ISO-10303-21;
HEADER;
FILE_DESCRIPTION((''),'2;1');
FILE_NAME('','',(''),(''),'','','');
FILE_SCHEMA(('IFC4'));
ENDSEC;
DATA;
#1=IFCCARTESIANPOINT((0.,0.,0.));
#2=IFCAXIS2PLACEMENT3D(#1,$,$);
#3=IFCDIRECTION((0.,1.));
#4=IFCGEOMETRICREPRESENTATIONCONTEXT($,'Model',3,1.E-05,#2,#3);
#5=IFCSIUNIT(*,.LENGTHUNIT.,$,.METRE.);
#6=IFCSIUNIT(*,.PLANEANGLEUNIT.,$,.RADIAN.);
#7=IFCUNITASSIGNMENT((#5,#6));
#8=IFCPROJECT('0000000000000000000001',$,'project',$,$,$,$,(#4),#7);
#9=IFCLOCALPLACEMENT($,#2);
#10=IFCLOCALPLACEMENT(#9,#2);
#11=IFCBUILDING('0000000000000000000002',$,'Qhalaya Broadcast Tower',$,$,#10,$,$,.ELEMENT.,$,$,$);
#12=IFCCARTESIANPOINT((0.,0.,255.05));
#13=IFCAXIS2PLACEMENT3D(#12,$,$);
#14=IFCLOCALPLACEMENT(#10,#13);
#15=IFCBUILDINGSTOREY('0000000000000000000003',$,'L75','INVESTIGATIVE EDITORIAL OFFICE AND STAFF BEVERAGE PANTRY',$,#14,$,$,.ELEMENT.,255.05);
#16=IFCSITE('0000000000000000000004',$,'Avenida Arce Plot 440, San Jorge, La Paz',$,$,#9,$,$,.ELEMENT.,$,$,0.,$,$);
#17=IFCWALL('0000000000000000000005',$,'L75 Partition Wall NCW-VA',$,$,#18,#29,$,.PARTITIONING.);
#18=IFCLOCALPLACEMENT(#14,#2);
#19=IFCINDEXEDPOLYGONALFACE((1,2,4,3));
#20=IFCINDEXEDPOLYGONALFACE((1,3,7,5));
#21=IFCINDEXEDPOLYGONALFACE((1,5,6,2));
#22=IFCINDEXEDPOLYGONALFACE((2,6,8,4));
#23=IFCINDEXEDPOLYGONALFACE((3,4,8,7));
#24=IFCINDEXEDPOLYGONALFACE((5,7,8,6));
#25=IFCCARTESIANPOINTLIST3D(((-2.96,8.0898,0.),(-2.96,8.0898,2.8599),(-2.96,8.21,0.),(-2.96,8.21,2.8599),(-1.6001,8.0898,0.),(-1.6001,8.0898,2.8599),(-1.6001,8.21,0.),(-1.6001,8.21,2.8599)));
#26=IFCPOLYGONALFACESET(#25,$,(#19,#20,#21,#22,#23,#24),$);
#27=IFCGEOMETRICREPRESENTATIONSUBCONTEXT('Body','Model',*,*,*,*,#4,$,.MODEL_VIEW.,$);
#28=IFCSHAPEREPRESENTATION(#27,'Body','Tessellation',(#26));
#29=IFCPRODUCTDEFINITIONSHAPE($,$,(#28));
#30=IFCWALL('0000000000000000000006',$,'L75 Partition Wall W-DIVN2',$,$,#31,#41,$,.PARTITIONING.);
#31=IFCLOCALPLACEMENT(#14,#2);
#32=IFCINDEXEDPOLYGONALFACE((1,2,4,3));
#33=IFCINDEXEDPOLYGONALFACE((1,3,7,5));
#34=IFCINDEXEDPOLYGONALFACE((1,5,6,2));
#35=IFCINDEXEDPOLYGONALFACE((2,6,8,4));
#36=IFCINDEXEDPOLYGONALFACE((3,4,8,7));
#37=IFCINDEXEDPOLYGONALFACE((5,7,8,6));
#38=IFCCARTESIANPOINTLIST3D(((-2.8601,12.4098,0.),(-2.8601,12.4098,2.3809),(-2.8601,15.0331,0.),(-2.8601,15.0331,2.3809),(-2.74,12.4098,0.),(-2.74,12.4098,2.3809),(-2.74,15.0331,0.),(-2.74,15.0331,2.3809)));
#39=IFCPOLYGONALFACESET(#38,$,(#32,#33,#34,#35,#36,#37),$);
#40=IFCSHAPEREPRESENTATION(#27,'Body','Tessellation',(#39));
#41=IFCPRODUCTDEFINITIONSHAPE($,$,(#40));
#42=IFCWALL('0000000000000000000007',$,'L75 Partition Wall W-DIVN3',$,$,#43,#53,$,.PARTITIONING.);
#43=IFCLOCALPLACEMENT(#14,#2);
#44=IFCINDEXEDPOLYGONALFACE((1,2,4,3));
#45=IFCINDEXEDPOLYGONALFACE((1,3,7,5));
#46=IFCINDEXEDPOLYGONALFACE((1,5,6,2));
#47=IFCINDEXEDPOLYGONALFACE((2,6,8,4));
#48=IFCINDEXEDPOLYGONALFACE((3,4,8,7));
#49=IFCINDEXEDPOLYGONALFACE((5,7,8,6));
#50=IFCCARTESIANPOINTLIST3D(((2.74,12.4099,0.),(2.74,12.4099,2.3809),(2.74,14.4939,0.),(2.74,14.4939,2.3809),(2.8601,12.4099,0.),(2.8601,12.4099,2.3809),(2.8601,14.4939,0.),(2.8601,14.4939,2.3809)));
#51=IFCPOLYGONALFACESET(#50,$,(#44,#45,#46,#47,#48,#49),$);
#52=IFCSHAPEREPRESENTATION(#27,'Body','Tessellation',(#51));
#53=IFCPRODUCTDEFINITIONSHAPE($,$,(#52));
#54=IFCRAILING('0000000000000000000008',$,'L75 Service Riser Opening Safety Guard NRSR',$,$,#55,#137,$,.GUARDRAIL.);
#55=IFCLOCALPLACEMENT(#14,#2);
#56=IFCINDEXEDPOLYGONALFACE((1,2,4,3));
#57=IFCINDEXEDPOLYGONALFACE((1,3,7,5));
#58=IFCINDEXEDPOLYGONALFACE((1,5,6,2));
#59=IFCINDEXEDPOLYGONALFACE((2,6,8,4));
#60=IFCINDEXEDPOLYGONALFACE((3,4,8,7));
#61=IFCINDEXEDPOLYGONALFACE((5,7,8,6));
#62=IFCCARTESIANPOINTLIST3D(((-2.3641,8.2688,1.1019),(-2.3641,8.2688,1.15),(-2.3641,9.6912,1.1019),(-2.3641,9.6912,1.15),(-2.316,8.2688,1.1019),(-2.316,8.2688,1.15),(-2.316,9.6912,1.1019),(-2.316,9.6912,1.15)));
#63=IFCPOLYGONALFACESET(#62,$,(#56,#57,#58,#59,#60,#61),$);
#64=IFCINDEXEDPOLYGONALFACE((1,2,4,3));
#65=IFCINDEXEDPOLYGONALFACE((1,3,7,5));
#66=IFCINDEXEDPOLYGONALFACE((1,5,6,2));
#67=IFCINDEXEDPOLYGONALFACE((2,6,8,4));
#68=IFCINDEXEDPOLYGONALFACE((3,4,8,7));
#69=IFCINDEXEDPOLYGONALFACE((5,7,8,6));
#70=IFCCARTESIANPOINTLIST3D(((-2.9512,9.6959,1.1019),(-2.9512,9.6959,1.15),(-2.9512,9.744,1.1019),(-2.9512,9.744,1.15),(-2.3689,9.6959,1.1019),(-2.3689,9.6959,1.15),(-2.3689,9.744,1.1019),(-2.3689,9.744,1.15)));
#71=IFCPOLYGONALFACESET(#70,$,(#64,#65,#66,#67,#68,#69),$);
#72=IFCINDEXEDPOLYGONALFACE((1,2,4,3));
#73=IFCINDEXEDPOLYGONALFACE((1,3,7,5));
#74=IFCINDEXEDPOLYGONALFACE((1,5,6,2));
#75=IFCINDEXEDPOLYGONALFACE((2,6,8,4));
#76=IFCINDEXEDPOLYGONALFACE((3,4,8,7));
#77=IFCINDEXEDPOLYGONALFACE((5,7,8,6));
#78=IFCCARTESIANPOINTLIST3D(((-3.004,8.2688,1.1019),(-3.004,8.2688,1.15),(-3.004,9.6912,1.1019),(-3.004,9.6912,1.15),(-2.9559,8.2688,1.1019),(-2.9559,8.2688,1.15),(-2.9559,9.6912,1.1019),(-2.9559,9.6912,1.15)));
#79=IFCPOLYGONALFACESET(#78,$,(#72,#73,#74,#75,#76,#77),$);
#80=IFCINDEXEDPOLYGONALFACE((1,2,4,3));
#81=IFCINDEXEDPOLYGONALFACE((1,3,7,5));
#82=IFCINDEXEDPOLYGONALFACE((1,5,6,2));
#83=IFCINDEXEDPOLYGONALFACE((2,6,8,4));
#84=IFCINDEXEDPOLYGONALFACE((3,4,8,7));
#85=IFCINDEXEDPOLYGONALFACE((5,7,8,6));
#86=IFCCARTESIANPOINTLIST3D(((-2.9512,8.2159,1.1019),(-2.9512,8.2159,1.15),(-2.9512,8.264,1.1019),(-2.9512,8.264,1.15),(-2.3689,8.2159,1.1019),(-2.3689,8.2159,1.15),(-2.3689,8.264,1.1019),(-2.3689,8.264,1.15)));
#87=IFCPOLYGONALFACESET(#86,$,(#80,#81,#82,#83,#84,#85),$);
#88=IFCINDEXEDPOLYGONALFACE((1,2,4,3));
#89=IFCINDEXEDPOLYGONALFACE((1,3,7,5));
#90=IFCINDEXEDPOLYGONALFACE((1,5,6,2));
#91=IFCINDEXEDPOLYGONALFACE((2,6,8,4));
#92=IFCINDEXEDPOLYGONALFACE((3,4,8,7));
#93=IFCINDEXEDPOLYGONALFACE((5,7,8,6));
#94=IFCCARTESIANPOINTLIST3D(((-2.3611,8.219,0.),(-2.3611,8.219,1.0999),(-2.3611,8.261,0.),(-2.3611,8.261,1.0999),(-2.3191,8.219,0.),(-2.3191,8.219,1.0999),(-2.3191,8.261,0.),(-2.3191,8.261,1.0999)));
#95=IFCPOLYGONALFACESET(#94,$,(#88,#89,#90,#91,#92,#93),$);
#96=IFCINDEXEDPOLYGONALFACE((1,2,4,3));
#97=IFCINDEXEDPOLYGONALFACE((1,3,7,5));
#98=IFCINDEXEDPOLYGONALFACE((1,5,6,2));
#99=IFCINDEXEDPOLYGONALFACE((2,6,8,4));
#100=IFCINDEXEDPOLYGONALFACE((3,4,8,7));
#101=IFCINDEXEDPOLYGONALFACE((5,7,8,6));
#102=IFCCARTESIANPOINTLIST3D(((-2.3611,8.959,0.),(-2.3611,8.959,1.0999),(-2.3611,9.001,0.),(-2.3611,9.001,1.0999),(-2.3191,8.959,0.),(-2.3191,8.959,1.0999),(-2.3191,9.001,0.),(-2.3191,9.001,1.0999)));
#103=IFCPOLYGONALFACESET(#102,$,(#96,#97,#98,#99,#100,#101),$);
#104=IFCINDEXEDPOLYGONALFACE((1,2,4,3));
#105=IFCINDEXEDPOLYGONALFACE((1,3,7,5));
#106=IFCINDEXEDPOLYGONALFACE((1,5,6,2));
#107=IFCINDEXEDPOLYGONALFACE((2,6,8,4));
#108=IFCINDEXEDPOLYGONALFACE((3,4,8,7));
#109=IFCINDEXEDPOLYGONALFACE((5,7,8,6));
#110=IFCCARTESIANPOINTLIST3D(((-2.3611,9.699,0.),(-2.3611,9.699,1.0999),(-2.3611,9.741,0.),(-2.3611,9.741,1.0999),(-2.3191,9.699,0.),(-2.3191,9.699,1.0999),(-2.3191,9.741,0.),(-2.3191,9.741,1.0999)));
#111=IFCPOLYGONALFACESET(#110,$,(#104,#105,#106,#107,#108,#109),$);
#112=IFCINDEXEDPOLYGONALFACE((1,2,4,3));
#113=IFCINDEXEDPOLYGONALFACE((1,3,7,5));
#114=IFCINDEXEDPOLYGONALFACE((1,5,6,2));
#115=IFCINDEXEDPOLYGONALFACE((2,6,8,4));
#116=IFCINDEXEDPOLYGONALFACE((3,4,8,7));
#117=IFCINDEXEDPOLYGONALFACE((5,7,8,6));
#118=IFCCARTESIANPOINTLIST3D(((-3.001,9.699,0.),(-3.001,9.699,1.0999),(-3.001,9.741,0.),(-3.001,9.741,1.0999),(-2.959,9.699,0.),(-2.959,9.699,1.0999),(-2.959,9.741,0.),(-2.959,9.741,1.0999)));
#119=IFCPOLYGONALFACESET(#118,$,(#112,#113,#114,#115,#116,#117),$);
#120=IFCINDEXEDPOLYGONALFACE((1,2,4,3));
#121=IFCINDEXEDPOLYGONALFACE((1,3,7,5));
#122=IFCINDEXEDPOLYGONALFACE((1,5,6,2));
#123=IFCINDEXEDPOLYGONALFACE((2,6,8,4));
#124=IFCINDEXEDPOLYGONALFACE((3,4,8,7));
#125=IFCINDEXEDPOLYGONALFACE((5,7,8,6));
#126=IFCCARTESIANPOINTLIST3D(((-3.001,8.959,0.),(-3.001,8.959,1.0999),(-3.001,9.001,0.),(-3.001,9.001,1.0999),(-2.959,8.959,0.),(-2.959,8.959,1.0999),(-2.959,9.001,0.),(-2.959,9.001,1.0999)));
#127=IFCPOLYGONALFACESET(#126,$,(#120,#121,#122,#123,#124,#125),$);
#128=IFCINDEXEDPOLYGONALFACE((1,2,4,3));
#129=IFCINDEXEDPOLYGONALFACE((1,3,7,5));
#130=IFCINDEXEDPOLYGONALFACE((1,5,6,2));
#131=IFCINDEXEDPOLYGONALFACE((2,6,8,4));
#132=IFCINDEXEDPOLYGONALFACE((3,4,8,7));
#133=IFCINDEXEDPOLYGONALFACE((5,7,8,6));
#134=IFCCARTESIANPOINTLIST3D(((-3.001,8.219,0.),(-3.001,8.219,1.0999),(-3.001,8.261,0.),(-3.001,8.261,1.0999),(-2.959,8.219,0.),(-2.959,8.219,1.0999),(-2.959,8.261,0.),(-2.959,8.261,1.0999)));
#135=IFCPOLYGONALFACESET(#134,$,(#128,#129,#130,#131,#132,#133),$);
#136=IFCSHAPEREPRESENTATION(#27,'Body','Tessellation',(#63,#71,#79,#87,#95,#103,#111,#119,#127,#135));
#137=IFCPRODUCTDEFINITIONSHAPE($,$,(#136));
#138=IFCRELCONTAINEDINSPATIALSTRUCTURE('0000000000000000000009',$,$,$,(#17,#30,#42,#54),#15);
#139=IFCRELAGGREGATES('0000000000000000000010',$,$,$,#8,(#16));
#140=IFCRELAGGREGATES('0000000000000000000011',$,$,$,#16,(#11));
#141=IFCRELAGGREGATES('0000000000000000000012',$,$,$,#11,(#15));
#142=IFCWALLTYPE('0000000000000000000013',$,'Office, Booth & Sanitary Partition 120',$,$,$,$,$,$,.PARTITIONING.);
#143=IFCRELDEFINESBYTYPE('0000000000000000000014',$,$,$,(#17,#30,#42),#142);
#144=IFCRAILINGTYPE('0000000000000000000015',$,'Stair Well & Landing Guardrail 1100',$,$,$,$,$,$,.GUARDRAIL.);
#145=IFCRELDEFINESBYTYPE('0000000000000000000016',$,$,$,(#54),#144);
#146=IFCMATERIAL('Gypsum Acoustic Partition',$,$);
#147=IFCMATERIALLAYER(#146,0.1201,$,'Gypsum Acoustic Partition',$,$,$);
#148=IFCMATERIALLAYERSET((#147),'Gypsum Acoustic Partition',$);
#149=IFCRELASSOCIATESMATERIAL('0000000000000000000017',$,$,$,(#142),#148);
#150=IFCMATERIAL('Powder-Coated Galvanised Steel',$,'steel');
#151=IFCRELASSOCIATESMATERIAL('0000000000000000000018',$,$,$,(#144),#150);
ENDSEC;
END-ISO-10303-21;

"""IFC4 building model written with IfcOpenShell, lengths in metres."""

from ifc_helpers import new_model, si_unit, direction, frame, frame_2d, origin, origin_2d, place, context, subcontext, project, spatial, rectangle, extrude, material, layer, layer_set, type_object, element, save


model = new_model("IFC4")

# Units and contexts
model_context = context("Model", 3, precision=1e-05, world=origin(), true_north=direction((0.0, 1.0)))
body_context = subcontext(model_context, "Body", "Model", "MODEL_VIEW")
ifc_project = project(units=[si_unit("LENGTHUNIT", "METRE"), si_unit("PLANEANGLEUNIT", "RADIAN")], contexts=[model_context])

# Site, building, storey
site_placement = place(None, origin())
site = spatial("IfcSite", under=ifc_project, at=site_placement, Name="Avenida Arce Plot 440, San Jorge, La Paz", CompositionType="ELEMENT", RefElevation=0.0)
building_placement = place(site_placement, origin())
building = spatial("IfcBuilding", under=site, at=building_placement, Name="Qhalaya Broadcast Tower", CompositionType="ELEMENT")
storey_placement = place(building_placement, frame((0.0, 0.0, 255.05)))
storey = spatial("IfcBuildingStorey", under=building, at=storey_placement, Name="L75", Description="INVESTIGATIVE EDITORIAL OFFICE AND STAFF BEVERAGE PANTRY", CompositionType="ELEMENT", Elevation=255.05)

# Shared definitions
ifc_material_1 = material(Name="Gypsum Acoustic Partition")

# Walls
ifc_layer_1 = layer(ifc_material_1, 0.1201, Name="Gypsum Acoustic Partition")
ifc_layer_set_1 = layer_set([ifc_layer_1], Name="Gypsum Acoustic Partition")
wall_type_1 = type_object("IfcWallType", Name="Office, Booth & Sanitary Partition 120", PredefinedType="PARTITIONING", material=ifc_layer_set_1)
wall_1_placement = place(storey_placement, frame((-2.96, 8.1499, 0.0), z_axis=(0.0, 0.0, 1.0), x_axis=(1.0, 0.0, 0.0)))
element("IfcWall", 1, at=wall_1_placement, inside=storey, type_object=wall_type_1, Name="L75 Partition Wall NCW-VA", PredefinedType="PARTITIONING", context=body_context, shape_type="SweptSolid", body=[
    extrude(rectangle(XDim=1.3599, YDim=0.1201, at=frame_2d((0.6799, 0.0))), origin(), (0.0, 0.0, 1.0), 2.8599),
])
wall_2_placement = place(storey_placement, frame((-2.8, 12.4099, 0.0), z_axis=(0.0, 0.0, 1.0), x_axis=(0.0, 1.0, 0.0)))
element("IfcWall", 2, at=wall_2_placement, inside=storey, type_object=wall_type_1, Name="L75 Partition Wall W-DIVN2", PredefinedType="PARTITIONING", context=body_context, shape_type="SweptSolid", body=[
    extrude(rectangle(XDim=2.6233, YDim=0.1201, at=frame_2d((1.3115, 0.0))), origin(), (0.0, 0.0, 1.0), 2.3809),
])
wall_3_placement = place(storey_placement, frame((2.8, 12.4099, 0.0), z_axis=(0.0, 0.0, 1.0), x_axis=(0.0, 1.0, 0.0)))
element("IfcWall", 3, at=wall_3_placement, inside=storey, type_object=wall_type_1, Name="L75 Partition Wall W-DIVN3", PredefinedType="PARTITIONING", context=body_context, shape_type="SweptSolid", body=[
    extrude(rectangle(XDim=2.084, YDim=0.1201, at=frame_2d((1.042, 0.0))), origin(), (0.0, 0.0, 1.0), 2.3809),
])

# Railing
ifc_material_2 = material(Name="Powder-Coated Galvanised Steel", Category="steel")
railing_type = type_object("IfcRailingType", Name="Stair Well & Landing Guardrail 1100", PredefinedType="GUARDRAIL", material=ifc_material_2)
railing_placement = place(storey_placement, frame((-2.3401, 8.24, 0.0)))
element("IfcRailing", 4, at=railing_placement, inside=storey, type_object=railing_type, Name="L75 Service Riser Opening Safety Guard NRSR", PredefinedType="GUARDRAIL", context=body_context, shape_type="SweptSolid", body=[
    extrude(rectangle(XDim=0.0481, YDim=0.0481, at=origin_2d()), frame((0.0, 0.0288, 1.126), z_axis=(0.0, 1.0, 0.0), x_axis=(-1.0, 0.0, 0.0)), (0.0, 0.0, 1.0), 1.4224),
    extrude(rectangle(XDim=0.0481, YDim=0.0481, at=origin_2d()), frame((-0.0288, 1.48, 1.126), z_axis=(-1.0, 0.0, 0.0), x_axis=(0.0, -1.0, 0.0)), (0.0, 0.0, 1.0), 0.5823),
    extrude(rectangle(XDim=0.0481, YDim=0.0481, at=origin_2d()), frame((-0.6399, 1.4512, 1.126), z_axis=(0.0, -1.0, 0.0), x_axis=(1.0, 0.0, 0.0)), (0.0, 0.0, 1.0), 1.4224),
    extrude(rectangle(XDim=0.0481, YDim=0.0481, at=origin_2d()), frame((-0.6111, 0.0, 1.126), z_axis=(1.0, 0.0, 0.0), x_axis=(0.0, 1.0, 0.0)), (0.0, 0.0, 1.0), 0.5823),
    extrude(rectangle(XDim=0.042, YDim=0.042, at=origin_2d()), origin(), (0.0, 0.0, 1.0), 1.0999),
    extrude(rectangle(XDim=0.042, YDim=0.042, at=origin_2d()), frame((0.0, 0.74, 0.0)), (0.0, 0.0, 1.0), 1.0999),
    extrude(rectangle(XDim=0.042, YDim=0.042, at=origin_2d()), frame((0.0, 1.48, 0.0)), (0.0, 0.0, 1.0), 1.0999),
    extrude(rectangle(XDim=0.042, YDim=0.042, at=origin_2d()), frame((-0.6399, 1.48, 0.0)), (0.0, 0.0, 1.0), 1.0999),
    extrude(rectangle(XDim=0.042, YDim=0.042, at=origin_2d()), frame((-0.6399, 0.74, 0.0)), (0.0, 0.0, 1.0), 1.0999),
    extrude(rectangle(XDim=0.042, YDim=0.042, at=origin_2d()), frame((-0.6399, 0.0, 0.0)), (0.0, 0.0, 1.0), 1.0999),
])

save(model, "model.ifc")
